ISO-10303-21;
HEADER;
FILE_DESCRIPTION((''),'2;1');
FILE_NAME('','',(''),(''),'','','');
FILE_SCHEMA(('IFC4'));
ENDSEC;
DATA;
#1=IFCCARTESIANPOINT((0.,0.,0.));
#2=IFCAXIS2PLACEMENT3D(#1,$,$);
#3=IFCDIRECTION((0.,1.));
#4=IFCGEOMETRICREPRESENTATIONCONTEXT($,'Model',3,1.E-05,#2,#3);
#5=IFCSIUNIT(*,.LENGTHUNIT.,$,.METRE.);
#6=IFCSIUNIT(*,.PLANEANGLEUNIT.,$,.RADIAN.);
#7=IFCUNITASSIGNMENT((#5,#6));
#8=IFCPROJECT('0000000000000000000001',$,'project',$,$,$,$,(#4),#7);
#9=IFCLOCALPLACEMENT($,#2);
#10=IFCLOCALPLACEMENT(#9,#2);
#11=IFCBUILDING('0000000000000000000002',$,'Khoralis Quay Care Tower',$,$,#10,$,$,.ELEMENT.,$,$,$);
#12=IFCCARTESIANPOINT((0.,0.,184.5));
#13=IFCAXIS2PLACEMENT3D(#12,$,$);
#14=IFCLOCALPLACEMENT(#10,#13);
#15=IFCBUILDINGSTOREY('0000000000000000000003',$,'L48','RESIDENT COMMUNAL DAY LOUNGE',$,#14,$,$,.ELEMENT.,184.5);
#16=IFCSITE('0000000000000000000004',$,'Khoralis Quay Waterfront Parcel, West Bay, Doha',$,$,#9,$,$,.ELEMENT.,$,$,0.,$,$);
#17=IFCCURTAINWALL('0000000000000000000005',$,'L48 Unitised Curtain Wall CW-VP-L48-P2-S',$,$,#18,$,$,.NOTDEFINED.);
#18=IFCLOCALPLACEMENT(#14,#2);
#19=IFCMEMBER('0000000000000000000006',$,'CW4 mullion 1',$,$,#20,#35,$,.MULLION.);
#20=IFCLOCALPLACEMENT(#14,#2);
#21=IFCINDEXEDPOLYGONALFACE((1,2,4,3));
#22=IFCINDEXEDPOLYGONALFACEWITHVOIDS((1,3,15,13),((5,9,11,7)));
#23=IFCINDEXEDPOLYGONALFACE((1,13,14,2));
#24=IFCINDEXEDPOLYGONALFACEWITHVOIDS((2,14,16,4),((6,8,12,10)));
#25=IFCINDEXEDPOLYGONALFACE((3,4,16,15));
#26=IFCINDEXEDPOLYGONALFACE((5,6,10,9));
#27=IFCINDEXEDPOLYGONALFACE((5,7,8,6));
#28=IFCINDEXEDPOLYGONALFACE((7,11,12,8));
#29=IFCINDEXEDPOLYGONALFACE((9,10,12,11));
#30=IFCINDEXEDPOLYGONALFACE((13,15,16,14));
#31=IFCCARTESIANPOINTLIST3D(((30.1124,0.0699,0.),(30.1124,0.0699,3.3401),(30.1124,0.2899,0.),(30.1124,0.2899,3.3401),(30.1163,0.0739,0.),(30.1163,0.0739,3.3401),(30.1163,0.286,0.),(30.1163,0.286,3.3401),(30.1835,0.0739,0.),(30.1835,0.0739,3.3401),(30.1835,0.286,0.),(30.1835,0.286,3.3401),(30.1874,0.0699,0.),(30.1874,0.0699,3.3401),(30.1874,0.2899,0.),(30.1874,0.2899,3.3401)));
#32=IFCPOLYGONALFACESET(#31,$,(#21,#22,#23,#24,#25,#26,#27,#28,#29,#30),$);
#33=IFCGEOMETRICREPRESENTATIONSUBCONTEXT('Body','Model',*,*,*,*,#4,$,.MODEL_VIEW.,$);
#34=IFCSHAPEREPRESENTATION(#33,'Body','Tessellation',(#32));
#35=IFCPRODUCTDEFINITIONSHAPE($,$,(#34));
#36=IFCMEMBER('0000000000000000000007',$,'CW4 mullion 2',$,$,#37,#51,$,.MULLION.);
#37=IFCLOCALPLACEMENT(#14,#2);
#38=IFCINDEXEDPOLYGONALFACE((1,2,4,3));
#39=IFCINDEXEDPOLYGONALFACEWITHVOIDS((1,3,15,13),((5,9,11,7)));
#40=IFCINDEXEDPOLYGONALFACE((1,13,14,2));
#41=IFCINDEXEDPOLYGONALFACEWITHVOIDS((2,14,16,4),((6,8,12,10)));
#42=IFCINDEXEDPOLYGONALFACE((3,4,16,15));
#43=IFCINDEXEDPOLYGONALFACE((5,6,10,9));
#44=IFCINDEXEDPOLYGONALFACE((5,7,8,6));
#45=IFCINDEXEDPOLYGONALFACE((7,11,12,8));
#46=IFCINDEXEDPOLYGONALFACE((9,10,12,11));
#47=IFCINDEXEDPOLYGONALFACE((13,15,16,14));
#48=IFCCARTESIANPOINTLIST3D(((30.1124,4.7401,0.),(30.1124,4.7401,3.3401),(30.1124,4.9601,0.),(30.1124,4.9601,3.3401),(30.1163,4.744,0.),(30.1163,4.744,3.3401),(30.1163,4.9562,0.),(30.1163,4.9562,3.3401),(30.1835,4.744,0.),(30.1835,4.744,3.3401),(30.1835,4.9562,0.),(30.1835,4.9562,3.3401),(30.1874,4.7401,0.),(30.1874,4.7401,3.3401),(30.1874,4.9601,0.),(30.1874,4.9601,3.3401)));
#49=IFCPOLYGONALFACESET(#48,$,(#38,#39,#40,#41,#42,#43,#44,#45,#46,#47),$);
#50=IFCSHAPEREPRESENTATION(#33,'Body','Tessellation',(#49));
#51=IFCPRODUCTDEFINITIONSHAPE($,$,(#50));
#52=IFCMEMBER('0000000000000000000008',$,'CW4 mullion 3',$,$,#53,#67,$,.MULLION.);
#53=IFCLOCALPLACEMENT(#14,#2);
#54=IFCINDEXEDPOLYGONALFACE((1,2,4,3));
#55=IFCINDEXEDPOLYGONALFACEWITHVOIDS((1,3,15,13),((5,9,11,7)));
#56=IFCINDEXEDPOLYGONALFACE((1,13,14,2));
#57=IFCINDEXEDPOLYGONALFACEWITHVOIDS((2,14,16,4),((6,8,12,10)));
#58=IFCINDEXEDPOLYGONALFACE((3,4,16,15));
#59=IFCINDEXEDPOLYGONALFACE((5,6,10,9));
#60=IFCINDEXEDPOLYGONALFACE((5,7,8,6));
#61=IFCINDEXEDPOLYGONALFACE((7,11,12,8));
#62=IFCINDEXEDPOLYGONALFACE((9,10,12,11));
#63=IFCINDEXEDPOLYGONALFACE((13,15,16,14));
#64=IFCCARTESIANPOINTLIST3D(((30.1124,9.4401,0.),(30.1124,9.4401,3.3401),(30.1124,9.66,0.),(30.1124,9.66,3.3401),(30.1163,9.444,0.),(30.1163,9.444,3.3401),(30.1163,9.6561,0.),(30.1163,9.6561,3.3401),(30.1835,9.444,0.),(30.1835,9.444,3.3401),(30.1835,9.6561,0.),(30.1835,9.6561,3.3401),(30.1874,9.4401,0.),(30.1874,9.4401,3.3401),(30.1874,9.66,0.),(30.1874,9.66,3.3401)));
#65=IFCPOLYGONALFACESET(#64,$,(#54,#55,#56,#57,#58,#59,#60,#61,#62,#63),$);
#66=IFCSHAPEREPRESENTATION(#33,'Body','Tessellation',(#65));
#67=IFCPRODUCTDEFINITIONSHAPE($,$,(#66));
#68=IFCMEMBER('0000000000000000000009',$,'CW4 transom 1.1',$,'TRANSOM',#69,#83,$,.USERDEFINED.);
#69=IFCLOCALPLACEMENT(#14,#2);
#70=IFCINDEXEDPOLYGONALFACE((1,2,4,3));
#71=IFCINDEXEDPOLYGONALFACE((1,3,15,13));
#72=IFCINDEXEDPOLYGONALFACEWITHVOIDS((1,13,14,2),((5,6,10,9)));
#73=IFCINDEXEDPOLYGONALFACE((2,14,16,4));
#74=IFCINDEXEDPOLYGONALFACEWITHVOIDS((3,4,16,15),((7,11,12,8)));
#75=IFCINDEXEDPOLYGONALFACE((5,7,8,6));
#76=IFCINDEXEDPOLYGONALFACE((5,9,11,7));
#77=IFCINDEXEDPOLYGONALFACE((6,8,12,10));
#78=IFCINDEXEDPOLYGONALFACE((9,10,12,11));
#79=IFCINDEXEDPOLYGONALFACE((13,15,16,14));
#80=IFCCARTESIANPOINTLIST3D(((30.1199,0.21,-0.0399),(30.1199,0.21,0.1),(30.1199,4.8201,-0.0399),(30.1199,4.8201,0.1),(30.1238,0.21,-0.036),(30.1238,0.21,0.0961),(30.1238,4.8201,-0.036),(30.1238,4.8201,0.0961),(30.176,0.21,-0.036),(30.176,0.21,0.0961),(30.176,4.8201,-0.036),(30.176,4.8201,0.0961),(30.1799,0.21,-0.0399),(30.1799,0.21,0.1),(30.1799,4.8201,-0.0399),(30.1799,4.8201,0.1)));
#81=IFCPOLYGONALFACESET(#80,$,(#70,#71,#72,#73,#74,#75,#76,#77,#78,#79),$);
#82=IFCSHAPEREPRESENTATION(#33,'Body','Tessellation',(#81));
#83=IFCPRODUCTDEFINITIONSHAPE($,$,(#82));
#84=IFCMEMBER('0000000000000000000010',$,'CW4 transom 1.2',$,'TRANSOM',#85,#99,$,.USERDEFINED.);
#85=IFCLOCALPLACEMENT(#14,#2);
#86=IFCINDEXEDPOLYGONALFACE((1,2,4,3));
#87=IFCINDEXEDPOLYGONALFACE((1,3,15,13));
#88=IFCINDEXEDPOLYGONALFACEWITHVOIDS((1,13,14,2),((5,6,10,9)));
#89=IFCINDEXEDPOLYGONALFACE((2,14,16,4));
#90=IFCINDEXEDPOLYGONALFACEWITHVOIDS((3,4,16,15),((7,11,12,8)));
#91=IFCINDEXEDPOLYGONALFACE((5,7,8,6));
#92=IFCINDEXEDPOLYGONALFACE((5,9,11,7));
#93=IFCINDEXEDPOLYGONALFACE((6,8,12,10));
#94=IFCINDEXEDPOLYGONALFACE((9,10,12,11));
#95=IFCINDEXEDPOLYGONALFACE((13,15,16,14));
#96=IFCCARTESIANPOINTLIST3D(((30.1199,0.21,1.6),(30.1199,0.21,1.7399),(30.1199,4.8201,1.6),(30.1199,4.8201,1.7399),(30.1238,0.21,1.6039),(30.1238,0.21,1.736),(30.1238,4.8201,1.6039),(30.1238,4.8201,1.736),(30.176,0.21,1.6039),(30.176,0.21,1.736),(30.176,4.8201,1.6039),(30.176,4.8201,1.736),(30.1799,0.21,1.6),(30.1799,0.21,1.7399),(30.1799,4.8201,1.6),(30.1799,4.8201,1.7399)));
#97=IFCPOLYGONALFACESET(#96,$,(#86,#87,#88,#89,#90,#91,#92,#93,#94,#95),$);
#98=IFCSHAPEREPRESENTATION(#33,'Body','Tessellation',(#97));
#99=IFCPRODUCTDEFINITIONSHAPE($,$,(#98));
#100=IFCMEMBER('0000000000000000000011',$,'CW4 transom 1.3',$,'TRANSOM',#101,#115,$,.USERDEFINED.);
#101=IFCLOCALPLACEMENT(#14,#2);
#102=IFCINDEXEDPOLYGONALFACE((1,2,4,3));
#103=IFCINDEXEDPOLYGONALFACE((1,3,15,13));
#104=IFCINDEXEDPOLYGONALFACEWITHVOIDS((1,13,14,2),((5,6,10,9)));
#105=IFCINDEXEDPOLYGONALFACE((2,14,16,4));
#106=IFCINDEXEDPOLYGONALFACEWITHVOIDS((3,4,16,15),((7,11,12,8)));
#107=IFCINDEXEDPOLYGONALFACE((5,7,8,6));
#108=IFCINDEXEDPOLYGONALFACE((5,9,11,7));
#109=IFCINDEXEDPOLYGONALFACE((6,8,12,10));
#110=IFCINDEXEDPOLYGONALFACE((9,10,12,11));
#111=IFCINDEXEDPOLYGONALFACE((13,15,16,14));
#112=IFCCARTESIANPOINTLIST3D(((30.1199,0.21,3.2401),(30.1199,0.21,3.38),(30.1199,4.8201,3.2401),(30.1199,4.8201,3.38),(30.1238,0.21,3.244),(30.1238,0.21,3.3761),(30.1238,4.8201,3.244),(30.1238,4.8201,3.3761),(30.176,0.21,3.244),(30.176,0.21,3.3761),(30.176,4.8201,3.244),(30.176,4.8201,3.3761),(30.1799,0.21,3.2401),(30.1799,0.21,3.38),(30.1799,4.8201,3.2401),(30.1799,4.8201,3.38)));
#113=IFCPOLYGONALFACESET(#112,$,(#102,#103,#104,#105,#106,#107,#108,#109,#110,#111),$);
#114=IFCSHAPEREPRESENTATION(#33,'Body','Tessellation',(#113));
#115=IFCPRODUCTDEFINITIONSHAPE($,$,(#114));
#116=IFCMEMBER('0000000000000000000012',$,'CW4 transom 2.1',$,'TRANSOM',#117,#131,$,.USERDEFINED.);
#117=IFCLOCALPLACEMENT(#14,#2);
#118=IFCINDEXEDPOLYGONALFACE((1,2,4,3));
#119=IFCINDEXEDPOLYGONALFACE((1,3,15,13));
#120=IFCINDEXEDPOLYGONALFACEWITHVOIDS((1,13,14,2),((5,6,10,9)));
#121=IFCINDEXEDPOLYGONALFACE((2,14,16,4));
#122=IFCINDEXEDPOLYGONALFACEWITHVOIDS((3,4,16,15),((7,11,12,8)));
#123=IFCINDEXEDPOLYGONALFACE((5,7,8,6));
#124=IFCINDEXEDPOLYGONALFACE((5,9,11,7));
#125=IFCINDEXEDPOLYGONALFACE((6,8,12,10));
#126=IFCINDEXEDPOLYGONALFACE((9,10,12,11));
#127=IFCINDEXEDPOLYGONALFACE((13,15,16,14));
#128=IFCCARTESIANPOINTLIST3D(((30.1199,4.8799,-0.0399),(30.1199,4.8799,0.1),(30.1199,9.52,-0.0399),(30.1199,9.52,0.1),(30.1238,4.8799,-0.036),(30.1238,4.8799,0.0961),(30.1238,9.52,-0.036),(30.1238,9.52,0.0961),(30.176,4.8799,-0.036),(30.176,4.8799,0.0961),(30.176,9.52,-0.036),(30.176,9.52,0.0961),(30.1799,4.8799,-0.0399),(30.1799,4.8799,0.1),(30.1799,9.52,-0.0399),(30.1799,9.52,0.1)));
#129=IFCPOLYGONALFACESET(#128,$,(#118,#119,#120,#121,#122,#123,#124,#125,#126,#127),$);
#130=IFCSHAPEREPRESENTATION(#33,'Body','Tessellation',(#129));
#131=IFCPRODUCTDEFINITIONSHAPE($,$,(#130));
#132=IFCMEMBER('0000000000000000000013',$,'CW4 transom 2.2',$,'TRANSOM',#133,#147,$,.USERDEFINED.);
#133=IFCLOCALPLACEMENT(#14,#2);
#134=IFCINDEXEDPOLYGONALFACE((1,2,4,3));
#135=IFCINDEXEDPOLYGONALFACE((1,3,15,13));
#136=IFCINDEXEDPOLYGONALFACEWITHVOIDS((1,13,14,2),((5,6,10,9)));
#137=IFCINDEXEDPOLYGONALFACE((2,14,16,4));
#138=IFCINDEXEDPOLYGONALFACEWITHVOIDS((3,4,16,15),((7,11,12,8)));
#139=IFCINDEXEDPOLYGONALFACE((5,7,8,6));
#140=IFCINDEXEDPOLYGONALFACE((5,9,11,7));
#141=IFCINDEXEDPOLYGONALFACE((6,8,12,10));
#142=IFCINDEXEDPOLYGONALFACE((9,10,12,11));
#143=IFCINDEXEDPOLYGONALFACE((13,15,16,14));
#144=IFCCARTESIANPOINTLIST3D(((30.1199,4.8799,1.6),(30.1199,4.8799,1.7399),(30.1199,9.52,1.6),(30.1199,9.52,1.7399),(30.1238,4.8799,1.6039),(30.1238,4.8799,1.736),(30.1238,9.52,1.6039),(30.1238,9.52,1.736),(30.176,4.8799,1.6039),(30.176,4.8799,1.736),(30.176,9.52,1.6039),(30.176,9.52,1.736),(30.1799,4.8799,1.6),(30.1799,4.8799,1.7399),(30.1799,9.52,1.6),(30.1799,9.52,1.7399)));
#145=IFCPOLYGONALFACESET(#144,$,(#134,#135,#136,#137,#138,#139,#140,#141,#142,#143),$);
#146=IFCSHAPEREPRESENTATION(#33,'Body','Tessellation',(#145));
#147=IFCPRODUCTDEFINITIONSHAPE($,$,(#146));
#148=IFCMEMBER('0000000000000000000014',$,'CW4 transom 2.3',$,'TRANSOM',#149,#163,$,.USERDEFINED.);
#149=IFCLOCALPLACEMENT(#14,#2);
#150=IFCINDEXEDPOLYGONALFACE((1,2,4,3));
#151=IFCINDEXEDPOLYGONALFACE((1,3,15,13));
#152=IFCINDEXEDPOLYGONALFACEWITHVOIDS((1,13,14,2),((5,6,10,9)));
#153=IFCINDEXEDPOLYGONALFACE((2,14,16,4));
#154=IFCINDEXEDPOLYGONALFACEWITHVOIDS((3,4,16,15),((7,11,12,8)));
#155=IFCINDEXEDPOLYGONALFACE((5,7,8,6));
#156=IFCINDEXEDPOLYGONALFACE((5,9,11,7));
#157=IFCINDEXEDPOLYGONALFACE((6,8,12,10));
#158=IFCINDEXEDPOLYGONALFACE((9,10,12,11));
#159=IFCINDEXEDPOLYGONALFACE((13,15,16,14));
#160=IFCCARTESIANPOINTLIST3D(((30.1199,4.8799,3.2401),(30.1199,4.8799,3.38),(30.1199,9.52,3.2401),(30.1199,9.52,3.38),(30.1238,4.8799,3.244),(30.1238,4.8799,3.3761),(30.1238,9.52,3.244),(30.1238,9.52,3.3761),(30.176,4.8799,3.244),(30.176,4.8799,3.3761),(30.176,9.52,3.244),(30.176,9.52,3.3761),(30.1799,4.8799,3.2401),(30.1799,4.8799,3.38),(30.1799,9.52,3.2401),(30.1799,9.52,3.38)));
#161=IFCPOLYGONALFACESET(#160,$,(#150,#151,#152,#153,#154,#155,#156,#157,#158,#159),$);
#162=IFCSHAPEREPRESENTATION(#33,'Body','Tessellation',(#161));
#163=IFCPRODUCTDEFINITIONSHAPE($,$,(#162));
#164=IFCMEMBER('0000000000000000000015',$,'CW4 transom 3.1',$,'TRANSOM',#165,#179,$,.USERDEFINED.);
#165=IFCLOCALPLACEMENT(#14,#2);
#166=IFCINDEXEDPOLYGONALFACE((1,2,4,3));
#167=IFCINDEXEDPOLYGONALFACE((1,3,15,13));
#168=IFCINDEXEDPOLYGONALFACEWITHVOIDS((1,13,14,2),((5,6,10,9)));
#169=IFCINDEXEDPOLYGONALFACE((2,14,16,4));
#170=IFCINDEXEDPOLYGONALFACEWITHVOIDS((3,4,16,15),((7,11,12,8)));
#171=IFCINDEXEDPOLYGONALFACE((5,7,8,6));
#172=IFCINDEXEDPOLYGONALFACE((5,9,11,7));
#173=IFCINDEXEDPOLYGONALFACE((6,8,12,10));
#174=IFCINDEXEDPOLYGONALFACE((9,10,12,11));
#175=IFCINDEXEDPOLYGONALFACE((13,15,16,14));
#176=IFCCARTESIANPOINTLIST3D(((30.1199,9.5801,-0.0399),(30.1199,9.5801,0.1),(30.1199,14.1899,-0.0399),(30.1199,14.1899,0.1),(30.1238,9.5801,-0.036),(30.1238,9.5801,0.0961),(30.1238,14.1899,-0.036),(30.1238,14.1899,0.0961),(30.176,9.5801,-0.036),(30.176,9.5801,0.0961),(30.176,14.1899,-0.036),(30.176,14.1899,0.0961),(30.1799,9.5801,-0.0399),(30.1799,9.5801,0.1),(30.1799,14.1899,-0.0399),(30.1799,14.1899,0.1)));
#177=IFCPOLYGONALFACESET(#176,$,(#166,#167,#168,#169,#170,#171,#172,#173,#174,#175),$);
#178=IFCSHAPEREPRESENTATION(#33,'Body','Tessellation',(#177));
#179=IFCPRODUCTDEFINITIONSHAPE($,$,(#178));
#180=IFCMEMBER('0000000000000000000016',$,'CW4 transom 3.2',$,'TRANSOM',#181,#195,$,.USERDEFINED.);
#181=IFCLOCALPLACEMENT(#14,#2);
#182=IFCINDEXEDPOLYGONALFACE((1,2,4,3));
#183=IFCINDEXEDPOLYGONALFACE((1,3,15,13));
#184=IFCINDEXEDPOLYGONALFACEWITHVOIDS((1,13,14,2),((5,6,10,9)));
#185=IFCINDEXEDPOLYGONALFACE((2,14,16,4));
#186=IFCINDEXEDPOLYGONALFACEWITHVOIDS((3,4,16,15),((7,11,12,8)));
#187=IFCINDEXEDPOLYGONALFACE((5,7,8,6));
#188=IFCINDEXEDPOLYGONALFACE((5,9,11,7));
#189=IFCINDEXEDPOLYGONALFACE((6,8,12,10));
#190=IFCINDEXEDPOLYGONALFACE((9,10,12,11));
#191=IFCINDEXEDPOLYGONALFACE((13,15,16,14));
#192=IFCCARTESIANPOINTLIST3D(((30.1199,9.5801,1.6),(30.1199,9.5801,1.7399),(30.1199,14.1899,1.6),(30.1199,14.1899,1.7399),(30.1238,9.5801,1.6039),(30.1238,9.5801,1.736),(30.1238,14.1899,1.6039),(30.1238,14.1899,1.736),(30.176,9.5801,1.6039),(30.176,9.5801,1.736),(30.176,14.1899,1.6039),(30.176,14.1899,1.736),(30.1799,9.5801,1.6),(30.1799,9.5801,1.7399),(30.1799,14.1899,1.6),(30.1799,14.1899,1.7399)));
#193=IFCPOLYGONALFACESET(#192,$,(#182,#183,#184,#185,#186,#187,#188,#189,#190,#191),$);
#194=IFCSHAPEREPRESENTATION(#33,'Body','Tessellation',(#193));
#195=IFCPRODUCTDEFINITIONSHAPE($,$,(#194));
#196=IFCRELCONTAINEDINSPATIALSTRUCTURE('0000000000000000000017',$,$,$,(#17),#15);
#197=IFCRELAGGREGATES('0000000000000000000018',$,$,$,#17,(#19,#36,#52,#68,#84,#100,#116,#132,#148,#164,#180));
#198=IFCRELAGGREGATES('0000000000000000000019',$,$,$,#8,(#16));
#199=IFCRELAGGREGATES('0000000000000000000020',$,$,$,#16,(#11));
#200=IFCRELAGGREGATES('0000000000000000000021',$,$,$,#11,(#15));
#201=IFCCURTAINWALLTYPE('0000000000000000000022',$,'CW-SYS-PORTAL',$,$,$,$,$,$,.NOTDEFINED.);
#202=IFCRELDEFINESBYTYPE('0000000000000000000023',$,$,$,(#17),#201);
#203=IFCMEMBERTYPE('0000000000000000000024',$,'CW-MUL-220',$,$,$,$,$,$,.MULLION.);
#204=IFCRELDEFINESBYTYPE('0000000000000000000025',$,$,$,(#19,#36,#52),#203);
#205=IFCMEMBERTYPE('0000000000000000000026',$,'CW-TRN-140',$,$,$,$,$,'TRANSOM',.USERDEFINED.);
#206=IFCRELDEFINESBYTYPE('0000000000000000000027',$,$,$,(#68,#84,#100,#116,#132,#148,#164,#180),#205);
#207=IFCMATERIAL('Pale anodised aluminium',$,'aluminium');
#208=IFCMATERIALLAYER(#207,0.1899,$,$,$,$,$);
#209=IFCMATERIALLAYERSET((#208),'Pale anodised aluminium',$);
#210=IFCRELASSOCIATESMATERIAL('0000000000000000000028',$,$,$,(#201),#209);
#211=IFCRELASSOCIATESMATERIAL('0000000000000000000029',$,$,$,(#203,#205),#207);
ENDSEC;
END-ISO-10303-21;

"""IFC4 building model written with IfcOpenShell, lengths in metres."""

from ifc_helpers import new_model, si_unit, direction, frame, origin, origin_2d, place, context, subcontext, project, spatial, hollow_rectangle, extrude, source, transform, mapped, material, layer, layer_set, material_profile, profile_set, type_object, element, aggregate, save


model = new_model("IFC4")

# Units and contexts
model_context = context("Model", 3, precision=1e-05, world=origin(), true_north=direction((0.0, 1.0)))
body_context = subcontext(model_context, "Body", "Model", "MODEL_VIEW")
ifc_project = project(units=[si_unit("LENGTHUNIT", "METRE"), si_unit("PLANEANGLEUNIT", "RADIAN")], contexts=[model_context])

# Site, building, storey
site_placement = place(None, origin())
site = spatial("IfcSite", under=ifc_project, at=site_placement, Name="Khoralis Quay Waterfront Parcel, West Bay, Doha", CompositionType="ELEMENT", RefElevation=0.0)
building_placement = place(site_placement, origin())
building = spatial("IfcBuilding", under=site, at=building_placement, Name="Khoralis Quay Care Tower", CompositionType="ELEMENT")
storey_placement = place(building_placement, frame((0.0, 0.0, 184.5)))
storey = spatial("IfcBuildingStorey", under=building, at=storey_placement, Name="L48", Description="RESIDENT COMMUNAL DAY LOUNGE", CompositionType="ELEMENT", Elevation=184.5)

# Curtain wall, members
ifc_material_1 = material(Name="Pale anodised aluminium", Category="aluminium")
ifc_layer_1 = layer(ifc_material_1, 0.1899)
ifc_layer_set_1 = layer_set([ifc_layer_1], Name="Pale anodised aluminium")
curtain_wall_type = type_object("IfcCurtainWallType", Name="CW-SYS-PORTAL", PredefinedType="NOTDEFINED", material=ifc_layer_set_1)
curtain_wall_placement = place(storey_placement, origin())
curtain_wall = element("IfcCurtainWall", 1, at=curtain_wall_placement, inside=storey, type_object=curtain_wall_type, Name="L48 Unitised Curtain Wall CW-VP-L48-P2-S", PredefinedType="NOTDEFINED")
ifc_material_profile_1 = material_profile(ifc_material_1, hollow_rectangle(XDim=0.075, YDim=0.22, WallThickness=0.0039, at=origin_2d()), Name="Pale anodised aluminium")
ifc_profile_set_1 = profile_set([ifc_material_profile_1], Name="Pale anodised aluminium")
member_type_1 = type_object("IfcMemberType", Name="CW-MUL-220", PredefinedType="MULLION", material=ifc_profile_set_1)
shared_shape_1 = source(origin(), body_context, "Body", "SweptSolid", [
    extrude(hollow_rectangle(XDim=0.075, YDim=0.22, WallThickness=0.0039, at=origin_2d()), origin(), (0.0, 0.0, 1.0), 3.3401),
])
member_1_placement = place(storey_placement, frame((30.1499, 0.1799, 0.0), z_axis=(0.0, 0.0, 1.0), x_axis=(-1.0, 0.0, 0.0)))
member_1 = element("IfcMember", 2, at=member_1_placement, type_object=member_type_1, Name="CW4 mullion 1", PredefinedType="MULLION", context=body_context, shape_type="MappedRepresentation", body=[
    mapped(shared_shape_1, transform((0.0, 0.0, 0.0), scale=1.0)),
])
member_2_placement = place(storey_placement, frame((30.1499, 4.8501, 0.0), z_axis=(0.0, 0.0, 1.0), x_axis=(-1.0, 0.0, 0.0)))
member_2 = element("IfcMember", 3, at=member_2_placement, type_object=member_type_1, Name="CW4 mullion 2", PredefinedType="MULLION", context=body_context, shape_type="MappedRepresentation", body=[
    mapped(shared_shape_1, transform((0.0, 0.0, 0.0), scale=1.0)),
])
member_3_placement = place(storey_placement, frame((30.1499, 9.55, 0.0), z_axis=(0.0, 0.0, 1.0), x_axis=(-1.0, 0.0, 0.0)))
member_3 = element("IfcMember", 4, at=member_3_placement, type_object=member_type_1, Name="CW4 mullion 3", PredefinedType="MULLION", context=body_context, shape_type="MappedRepresentation", body=[
    mapped(shared_shape_1, transform((0.0, 0.0, 0.0), scale=1.0)),
])
ifc_material_profile_2 = material_profile(ifc_material_1, hollow_rectangle(XDim=0.0601, YDim=0.1399, WallThickness=0.0039, at=origin_2d()), Name="Pale anodised aluminium")
ifc_profile_set_2 = profile_set([ifc_material_profile_2], Name="Pale anodised aluminium")
member_type_2 = type_object("IfcMemberType", Name="CW-TRN-140", ElementType="TRANSOM", PredefinedType="USERDEFINED", material=ifc_profile_set_2)
shared_shape_2 = source(origin(), body_context, "Body", "SweptSolid", [
    extrude(hollow_rectangle(XDim=0.0601, YDim=0.1399, WallThickness=0.0039, at=origin_2d()), origin(), (0.0, 0.0, 1.0), 4.6101),
])
member_4_placement = place(storey_placement, frame((30.1499, 0.21, 0.03), z_axis=(0.0, 1.0, 0.0), x_axis=(-1.0, 0.0, 0.0)))
member_4 = element("IfcMember", 5, at=member_4_placement, type_object=member_type_2, Name="CW4 transom 1.1", ObjectType="TRANSOM", PredefinedType="USERDEFINED", context=body_context, shape_type="MappedRepresentation", body=[
    mapped(shared_shape_2, transform((0.0, 0.0, 0.0), scale=1.0)),
])
member_5_placement = place(storey_placement, frame((30.1499, 0.21, 1.6699), z_axis=(0.0, 1.0, 0.0), x_axis=(-1.0, 0.0, 0.0)))
member_5 = element("IfcMember", 6, at=member_5_placement, type_object=member_type_2, Name="CW4 transom 1.2", ObjectType="TRANSOM", PredefinedType="USERDEFINED", context=body_context, shape_type="MappedRepresentation", body=[
    mapped(shared_shape_2, transform((0.0, 0.0, 0.0), scale=1.0)),
])
member_6_placement = place(storey_placement, frame((30.1499, 0.21, 3.3101), z_axis=(0.0, 1.0, 0.0), x_axis=(-1.0, 0.0, 0.0)))
member_6 = element("IfcMember", 7, at=member_6_placement, type_object=member_type_2, Name="CW4 transom 1.3", ObjectType="TRANSOM", PredefinedType="USERDEFINED", context=body_context, shape_type="MappedRepresentation", body=[
    mapped(shared_shape_2, transform((0.0, 0.0, 0.0), scale=1.0)),
])
shared_shape_3 = source(origin(), body_context, "Body", "SweptSolid", [
    extrude(hollow_rectangle(XDim=0.0601, YDim=0.1399, WallThickness=0.0039, at=origin_2d()), origin(), (0.0, 0.0, 1.0), 4.6401),
])
member_7_placement = place(storey_placement, frame((30.1499, 4.8799, 0.03), z_axis=(0.0, 1.0, 0.0), x_axis=(-1.0, 0.0, 0.0)))
member_7 = element("IfcMember", 8, at=member_7_placement, type_object=member_type_2, Name="CW4 transom 2.1", ObjectType="TRANSOM", PredefinedType="USERDEFINED", context=body_context, shape_type="MappedRepresentation", body=[
    mapped(shared_shape_3, transform((0.0, 0.0, 0.0), scale=1.0)),
])
member_8_placement = place(storey_placement, frame((30.1499, 4.8799, 1.6699), z_axis=(0.0, 1.0, 0.0), x_axis=(-1.0, 0.0, 0.0)))
member_8 = element("IfcMember", 9, at=member_8_placement, type_object=member_type_2, Name="CW4 transom 2.2", ObjectType="TRANSOM", PredefinedType="USERDEFINED", context=body_context, shape_type="MappedRepresentation", body=[
    mapped(shared_shape_3, transform((0.0, 0.0, 0.0), scale=1.0)),
])
member_9_placement = place(storey_placement, frame((30.1499, 4.8799, 3.3101), z_axis=(0.0, 1.0, 0.0), x_axis=(-1.0, 0.0, 0.0)))
member_9 = element("IfcMember", 10, at=member_9_placement, type_object=member_type_2, Name="CW4 transom 2.3", ObjectType="TRANSOM", PredefinedType="USERDEFINED", context=body_context, shape_type="MappedRepresentation", body=[
    mapped(shared_shape_3, transform((0.0, 0.0, 0.0), scale=1.0)),
])
shared_shape_4 = source(origin(), body_context, "Body", "SweptSolid", [
    extrude(hollow_rectangle(XDim=0.0601, YDim=0.1399, WallThickness=0.0039, at=origin_2d()), origin(), (0.0, 0.0, 1.0), 4.6099),
])
member_10_placement = place(storey_placement, frame((30.1499, 9.5801, 0.03), z_axis=(0.0, 1.0, 0.0), x_axis=(-1.0, 0.0, 0.0)))
member_10 = element("IfcMember", 11, at=member_10_placement, type_object=member_type_2, Name="CW4 transom 3.1", ObjectType="TRANSOM", PredefinedType="USERDEFINED", context=body_context, shape_type="MappedRepresentation", body=[
    mapped(shared_shape_4, transform((0.0, 0.0, 0.0), scale=1.0)),
])
member_11_placement = place(storey_placement, frame((30.1499, 9.5801, 1.6699), z_axis=(0.0, 1.0, 0.0), x_axis=(-1.0, 0.0, 0.0)))
member_11 = element("IfcMember", 12, at=member_11_placement, type_object=member_type_2, Name="CW4 transom 3.2", ObjectType="TRANSOM", PredefinedType="USERDEFINED", context=body_context, shape_type="MappedRepresentation", body=[
    mapped(shared_shape_4, transform((0.0, 0.0, 0.0), scale=1.0)),
])
aggregate(curtain_wall, [member_1, member_2, member_3, member_4, member_5, member_6, member_7, member_8, member_9, member_10, member_11])

save(model, "model.ifc")
